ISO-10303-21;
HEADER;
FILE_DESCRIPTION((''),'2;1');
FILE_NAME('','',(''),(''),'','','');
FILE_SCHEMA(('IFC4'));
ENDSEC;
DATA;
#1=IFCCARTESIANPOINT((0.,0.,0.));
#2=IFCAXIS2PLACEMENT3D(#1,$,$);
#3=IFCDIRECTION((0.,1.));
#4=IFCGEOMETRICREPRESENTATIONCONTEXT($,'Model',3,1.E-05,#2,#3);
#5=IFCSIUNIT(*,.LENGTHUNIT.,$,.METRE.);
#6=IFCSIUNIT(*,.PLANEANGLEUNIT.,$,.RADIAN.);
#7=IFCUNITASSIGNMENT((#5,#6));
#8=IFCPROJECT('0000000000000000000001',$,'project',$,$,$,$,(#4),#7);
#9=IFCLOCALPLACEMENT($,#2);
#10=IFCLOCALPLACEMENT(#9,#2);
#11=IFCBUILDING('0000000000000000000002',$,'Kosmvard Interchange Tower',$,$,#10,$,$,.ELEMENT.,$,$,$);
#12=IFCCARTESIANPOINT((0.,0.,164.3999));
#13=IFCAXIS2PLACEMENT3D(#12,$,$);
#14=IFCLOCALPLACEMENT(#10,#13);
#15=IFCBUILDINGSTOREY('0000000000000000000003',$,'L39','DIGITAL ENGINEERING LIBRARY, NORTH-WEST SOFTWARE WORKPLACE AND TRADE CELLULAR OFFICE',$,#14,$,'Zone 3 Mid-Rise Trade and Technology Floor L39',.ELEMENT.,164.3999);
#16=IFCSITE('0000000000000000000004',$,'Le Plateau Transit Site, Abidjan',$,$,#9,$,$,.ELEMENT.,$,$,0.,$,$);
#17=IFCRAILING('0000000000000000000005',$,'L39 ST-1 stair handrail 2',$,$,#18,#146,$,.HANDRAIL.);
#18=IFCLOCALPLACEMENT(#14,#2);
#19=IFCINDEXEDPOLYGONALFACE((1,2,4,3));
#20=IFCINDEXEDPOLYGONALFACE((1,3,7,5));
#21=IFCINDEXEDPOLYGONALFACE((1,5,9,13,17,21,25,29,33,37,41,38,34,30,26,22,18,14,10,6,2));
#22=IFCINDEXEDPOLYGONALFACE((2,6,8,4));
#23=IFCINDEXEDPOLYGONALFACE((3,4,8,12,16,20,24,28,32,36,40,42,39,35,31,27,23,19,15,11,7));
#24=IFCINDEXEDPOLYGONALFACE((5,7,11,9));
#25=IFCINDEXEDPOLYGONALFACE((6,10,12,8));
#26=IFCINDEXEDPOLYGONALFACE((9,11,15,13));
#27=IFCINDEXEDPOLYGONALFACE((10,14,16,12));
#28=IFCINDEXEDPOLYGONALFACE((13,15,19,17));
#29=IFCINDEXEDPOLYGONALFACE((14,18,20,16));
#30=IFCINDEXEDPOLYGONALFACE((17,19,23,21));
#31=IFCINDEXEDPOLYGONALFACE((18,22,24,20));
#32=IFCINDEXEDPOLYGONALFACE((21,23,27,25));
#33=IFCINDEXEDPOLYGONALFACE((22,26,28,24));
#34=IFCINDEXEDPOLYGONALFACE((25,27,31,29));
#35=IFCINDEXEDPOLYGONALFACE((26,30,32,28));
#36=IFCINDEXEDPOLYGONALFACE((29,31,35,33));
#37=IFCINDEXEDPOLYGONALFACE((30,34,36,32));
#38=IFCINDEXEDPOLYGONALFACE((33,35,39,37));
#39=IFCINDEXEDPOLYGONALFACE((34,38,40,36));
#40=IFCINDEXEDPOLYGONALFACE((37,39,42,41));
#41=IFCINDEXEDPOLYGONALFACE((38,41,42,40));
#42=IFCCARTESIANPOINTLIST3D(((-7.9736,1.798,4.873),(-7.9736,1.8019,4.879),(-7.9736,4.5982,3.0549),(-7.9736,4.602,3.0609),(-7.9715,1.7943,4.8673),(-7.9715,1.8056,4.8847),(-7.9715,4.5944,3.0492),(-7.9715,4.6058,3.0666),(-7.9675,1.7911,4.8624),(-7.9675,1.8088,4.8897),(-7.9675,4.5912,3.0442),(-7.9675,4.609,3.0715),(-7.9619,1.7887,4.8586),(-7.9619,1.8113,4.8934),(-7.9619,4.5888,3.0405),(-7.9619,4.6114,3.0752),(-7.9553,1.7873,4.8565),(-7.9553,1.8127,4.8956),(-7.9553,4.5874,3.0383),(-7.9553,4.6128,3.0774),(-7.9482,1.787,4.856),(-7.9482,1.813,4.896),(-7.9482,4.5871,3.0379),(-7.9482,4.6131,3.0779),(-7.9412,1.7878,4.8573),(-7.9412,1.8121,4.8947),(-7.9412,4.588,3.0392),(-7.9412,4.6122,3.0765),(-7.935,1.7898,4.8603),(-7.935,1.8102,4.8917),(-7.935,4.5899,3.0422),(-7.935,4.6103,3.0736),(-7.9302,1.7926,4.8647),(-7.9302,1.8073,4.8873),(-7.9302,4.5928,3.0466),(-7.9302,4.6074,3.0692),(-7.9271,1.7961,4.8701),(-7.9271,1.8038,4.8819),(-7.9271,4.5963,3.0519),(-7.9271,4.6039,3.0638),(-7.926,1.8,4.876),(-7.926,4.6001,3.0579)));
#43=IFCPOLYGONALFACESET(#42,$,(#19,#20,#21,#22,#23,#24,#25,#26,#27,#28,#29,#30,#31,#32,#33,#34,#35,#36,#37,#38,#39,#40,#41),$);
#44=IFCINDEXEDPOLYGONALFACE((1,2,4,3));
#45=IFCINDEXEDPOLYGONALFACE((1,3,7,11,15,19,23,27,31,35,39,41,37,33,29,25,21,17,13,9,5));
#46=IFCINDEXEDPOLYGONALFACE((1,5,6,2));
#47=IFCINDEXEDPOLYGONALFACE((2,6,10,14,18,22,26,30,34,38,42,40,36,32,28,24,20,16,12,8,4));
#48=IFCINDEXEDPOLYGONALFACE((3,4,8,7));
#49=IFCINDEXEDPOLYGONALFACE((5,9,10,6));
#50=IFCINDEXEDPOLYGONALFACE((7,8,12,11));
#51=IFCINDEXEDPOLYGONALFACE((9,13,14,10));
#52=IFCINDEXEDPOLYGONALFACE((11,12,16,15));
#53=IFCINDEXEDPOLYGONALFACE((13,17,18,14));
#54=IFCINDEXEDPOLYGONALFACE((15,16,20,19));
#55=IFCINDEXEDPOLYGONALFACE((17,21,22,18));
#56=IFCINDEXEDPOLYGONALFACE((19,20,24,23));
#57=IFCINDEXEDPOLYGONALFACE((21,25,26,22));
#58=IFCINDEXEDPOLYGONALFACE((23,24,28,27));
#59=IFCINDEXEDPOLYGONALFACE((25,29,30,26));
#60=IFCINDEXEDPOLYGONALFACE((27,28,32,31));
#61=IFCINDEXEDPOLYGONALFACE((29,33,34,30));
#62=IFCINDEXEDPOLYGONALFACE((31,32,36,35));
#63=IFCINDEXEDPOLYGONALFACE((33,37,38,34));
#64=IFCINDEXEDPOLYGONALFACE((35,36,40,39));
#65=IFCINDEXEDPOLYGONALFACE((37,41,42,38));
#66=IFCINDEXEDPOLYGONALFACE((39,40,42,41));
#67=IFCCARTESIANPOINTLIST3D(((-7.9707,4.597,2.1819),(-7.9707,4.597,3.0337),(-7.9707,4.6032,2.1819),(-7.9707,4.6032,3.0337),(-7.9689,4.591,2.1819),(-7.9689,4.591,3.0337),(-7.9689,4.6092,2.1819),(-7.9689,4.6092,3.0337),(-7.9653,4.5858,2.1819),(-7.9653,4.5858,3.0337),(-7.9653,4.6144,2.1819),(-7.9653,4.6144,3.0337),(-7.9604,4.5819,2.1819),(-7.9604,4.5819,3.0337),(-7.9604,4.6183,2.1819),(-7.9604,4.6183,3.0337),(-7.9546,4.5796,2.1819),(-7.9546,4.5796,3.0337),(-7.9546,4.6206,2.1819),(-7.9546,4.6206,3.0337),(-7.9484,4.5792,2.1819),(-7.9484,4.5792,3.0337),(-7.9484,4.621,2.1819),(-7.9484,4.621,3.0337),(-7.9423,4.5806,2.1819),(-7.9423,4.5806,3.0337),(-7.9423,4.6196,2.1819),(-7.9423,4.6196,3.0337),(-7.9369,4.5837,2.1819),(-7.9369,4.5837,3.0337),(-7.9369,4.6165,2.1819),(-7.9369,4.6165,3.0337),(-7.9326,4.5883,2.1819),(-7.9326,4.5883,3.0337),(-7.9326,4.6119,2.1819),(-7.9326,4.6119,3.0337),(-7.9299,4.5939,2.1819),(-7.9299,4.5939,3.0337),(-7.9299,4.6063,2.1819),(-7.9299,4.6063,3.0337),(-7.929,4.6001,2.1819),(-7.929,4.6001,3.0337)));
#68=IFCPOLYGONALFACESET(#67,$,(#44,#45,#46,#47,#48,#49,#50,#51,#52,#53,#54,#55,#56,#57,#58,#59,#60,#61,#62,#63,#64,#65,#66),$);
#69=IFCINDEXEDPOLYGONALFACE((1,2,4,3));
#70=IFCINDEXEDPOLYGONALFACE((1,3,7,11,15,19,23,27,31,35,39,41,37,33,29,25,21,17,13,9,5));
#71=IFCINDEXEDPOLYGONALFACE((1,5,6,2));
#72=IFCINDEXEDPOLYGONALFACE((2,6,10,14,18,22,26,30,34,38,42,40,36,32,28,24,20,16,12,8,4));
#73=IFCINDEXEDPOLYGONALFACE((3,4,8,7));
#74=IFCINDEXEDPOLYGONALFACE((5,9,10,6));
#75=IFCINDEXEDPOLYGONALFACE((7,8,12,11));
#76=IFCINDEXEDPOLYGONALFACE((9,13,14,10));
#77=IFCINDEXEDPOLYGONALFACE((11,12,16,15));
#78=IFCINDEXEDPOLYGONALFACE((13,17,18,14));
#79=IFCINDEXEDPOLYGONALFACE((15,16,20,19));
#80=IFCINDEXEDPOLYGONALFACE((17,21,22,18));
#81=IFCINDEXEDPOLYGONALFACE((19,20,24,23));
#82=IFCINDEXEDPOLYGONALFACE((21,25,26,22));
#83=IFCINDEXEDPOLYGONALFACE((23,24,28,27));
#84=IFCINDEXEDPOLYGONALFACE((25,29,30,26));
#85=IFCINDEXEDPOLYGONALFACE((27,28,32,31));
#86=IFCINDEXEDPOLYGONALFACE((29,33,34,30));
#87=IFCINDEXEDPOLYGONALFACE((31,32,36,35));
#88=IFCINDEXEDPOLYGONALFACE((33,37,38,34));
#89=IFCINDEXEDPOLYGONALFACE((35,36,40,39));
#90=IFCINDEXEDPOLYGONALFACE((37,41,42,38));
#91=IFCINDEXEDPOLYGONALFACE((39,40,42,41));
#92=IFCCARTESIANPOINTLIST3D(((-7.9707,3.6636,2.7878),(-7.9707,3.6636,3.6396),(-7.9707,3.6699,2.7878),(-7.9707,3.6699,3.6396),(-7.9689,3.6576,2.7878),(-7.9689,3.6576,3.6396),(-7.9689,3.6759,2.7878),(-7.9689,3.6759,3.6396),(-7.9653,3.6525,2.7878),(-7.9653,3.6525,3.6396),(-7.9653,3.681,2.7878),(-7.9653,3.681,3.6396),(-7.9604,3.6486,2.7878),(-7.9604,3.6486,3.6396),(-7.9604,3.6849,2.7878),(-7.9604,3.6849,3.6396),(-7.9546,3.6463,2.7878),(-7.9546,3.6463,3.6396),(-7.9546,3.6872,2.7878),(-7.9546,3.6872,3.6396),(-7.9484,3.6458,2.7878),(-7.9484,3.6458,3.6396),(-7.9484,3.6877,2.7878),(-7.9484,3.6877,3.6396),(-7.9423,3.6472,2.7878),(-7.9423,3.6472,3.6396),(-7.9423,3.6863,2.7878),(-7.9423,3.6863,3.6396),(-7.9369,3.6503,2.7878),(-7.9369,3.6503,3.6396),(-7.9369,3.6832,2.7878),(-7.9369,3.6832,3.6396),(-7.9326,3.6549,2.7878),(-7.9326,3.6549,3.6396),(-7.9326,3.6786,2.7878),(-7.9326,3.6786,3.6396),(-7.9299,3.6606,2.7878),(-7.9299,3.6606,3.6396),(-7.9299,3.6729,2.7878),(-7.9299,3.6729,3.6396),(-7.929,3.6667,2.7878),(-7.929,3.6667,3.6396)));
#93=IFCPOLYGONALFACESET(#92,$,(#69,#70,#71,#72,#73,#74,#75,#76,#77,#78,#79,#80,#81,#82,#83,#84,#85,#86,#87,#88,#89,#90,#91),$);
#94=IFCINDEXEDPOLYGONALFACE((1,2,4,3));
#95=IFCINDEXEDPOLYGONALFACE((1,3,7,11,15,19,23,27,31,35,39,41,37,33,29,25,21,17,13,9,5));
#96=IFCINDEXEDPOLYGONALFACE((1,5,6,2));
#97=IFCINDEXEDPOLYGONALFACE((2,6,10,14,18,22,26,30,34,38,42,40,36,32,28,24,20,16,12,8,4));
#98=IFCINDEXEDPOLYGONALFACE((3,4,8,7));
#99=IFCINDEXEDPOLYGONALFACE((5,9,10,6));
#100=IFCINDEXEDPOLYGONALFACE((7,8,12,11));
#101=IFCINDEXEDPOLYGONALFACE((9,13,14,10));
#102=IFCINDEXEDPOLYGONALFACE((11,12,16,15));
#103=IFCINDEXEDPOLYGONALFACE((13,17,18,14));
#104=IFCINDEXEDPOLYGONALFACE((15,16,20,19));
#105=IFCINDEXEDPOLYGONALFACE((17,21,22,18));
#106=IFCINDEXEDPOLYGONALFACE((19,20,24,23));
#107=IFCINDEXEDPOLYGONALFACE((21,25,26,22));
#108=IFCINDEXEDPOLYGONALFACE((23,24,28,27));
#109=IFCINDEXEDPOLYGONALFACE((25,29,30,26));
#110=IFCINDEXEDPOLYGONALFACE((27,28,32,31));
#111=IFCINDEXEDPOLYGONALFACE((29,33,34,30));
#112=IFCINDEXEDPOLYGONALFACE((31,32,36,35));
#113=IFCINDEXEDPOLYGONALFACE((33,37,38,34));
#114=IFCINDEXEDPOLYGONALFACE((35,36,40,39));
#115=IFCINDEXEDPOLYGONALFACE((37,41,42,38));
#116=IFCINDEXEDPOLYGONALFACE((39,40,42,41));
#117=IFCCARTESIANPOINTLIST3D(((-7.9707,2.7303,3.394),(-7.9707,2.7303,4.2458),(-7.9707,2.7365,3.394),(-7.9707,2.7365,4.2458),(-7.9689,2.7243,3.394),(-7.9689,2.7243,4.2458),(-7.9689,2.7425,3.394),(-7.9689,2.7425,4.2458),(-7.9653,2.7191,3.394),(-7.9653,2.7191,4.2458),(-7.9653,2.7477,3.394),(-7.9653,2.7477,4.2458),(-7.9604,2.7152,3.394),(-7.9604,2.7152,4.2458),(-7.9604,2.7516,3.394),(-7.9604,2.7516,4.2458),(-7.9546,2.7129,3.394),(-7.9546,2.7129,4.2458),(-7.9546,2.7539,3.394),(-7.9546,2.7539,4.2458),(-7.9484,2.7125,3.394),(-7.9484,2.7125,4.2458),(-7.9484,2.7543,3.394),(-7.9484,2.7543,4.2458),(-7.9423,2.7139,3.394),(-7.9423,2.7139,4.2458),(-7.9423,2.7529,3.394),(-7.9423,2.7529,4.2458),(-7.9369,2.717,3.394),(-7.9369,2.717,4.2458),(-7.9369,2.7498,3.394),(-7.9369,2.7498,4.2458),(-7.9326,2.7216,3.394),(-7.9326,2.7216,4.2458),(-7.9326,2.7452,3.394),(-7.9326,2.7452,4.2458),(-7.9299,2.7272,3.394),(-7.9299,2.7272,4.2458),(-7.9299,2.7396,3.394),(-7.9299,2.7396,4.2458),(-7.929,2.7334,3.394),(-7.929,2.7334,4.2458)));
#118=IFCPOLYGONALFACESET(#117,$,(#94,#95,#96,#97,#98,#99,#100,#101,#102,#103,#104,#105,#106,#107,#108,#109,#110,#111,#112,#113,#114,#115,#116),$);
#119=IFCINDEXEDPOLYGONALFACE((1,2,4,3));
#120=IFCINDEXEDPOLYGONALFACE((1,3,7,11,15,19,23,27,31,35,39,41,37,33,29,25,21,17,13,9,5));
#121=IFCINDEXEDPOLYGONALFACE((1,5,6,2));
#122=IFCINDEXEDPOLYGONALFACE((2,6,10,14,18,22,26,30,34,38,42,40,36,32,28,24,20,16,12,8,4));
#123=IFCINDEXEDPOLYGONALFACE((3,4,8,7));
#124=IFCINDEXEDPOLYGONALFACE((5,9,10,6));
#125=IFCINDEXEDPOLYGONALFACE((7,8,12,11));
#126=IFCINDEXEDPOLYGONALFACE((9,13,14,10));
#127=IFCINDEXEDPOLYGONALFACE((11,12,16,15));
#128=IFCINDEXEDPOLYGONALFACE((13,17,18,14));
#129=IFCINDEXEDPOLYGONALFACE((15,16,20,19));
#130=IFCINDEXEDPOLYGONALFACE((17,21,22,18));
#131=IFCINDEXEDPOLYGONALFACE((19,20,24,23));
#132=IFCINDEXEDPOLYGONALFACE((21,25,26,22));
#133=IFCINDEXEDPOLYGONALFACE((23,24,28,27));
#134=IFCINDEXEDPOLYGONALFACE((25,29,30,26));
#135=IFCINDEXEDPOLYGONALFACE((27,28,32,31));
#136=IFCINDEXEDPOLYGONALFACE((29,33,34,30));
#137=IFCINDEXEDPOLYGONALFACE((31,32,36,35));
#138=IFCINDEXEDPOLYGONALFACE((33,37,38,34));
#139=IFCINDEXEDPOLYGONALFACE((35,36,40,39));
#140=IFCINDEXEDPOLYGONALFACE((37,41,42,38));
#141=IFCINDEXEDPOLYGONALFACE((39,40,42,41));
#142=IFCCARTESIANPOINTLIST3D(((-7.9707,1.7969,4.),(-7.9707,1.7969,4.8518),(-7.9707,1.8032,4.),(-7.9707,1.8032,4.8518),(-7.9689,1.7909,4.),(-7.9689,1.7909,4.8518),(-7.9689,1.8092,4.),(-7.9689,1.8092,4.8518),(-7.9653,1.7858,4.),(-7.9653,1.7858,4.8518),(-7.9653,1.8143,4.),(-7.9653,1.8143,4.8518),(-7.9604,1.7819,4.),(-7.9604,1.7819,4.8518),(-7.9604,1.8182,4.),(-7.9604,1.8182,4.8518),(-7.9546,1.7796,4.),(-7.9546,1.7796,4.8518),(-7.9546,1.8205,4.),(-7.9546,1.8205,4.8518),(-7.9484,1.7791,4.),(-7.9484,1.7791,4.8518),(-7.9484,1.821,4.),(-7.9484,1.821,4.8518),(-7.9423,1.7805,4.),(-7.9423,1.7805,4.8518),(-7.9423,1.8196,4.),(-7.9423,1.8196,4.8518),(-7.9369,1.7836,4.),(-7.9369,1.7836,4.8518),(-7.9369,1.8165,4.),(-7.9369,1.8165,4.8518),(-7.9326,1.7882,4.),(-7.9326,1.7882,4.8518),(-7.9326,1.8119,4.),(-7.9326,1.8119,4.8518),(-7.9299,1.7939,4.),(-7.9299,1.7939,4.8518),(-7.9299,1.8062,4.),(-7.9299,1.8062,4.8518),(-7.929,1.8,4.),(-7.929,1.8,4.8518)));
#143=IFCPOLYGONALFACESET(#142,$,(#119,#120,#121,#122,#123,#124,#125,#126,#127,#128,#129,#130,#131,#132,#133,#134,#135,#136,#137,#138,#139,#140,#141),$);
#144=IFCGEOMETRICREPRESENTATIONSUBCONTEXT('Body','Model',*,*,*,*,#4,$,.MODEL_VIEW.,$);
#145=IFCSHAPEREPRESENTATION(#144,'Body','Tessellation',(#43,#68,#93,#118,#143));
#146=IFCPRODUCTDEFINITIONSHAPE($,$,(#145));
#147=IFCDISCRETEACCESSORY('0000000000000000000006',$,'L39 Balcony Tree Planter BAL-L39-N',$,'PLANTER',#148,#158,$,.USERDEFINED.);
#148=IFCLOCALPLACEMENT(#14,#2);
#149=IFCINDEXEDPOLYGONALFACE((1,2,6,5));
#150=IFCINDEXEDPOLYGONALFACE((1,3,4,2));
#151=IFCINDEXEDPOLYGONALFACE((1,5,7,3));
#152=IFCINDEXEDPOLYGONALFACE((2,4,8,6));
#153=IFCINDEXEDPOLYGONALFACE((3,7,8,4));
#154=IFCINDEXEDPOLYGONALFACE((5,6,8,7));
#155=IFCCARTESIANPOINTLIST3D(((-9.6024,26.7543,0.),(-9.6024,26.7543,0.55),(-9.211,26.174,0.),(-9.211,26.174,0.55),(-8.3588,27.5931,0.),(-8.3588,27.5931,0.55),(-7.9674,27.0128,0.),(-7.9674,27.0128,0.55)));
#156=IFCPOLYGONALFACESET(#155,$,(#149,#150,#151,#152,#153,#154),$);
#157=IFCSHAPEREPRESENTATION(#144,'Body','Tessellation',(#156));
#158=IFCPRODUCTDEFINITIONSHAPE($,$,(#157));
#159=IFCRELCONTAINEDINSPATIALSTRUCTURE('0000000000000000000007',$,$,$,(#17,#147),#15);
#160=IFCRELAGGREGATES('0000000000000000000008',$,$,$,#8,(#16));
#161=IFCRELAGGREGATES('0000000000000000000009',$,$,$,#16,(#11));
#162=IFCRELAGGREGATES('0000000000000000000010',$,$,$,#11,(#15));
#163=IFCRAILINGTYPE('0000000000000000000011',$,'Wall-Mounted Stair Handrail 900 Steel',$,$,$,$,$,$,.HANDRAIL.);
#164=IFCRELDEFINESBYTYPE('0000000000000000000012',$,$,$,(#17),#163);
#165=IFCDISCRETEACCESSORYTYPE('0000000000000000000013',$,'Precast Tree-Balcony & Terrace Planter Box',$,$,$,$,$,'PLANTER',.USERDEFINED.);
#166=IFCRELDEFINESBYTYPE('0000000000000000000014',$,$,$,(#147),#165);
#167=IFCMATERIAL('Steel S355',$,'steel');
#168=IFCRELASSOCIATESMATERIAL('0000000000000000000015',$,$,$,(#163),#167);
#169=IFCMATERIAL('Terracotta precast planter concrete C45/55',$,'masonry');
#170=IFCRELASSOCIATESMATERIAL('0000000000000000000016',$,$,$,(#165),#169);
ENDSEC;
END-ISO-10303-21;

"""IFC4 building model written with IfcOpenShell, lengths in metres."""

from ifc_helpers import new_model, si_unit, direction, frame, origin, origin_2d, place, context, subcontext, project, spatial, rectangle, circle, extrude, source, transform, mapped, material, type_object, element, save


model = new_model("IFC4")

# Units and contexts
model_context = context("Model", 3, precision=1e-05, world=origin(), true_north=direction((0.0, 1.0)))
body_context = subcontext(model_context, "Body", "Model", "MODEL_VIEW")
ifc_project = project(units=[si_unit("LENGTHUNIT", "METRE"), si_unit("PLANEANGLEUNIT", "RADIAN")], contexts=[model_context])

# Site, building, storey
site_placement = place(None, origin())
site = spatial("IfcSite", under=ifc_project, at=site_placement, Name="Le Plateau Transit Site, Abidjan", CompositionType="ELEMENT", RefElevation=0.0)
building_placement = place(site_placement, origin())
building = spatial("IfcBuilding", under=site, at=building_placement, Name="Kosmvard Interchange Tower", CompositionType="ELEMENT")
storey_placement = place(building_placement, frame((0.0, 0.0, 164.3999)))
storey = spatial("IfcBuildingStorey", under=building, at=storey_placement, Name="L39", Description="DIGITAL ENGINEERING LIBRARY, NORTH-WEST SOFTWARE WORKPLACE AND TRADE CELLULAR OFFICE", LongName="Zone 3 Mid-Rise Trade and Technology Floor L39", CompositionType="ELEMENT", Elevation=164.3999)

# Shared definitions
ifc_material_1 = material(Name="Steel S355", Category="steel")

# Railing
railing_type_1 = type_object("IfcRailingType", Name="Wall-Mounted Stair Handrail 900 Steel", PredefinedType="HANDRAIL", material=ifc_material_1)
shared_shape_1 = source(origin(), body_context, "Body", "SweptSolid", [
    extrude(circle(Radius=0.0239, at=origin_2d()), frame((0.0, 0.0, 0.876), z_axis=(0.0, -0.838706, 0.544585), x_axis=(1.0, 0.0, 0.0)), (0.0, 0.0, 1.0), 3.3386),
    extrude(circle(Radius=0.021, at=origin_2d()), origin(), (0.0, 0.0, 1.0), 0.8518),
    extrude(circle(Radius=0.021, at=origin_2d()), frame((0.0, -0.9333, 0.606)), (0.0, 0.0, 1.0), 0.8518),
    extrude(circle(Radius=0.021, at=origin_2d()), frame((0.0, -1.8667, 1.2122)), (0.0, 0.0, 1.0), 0.8518),
    extrude(circle(Radius=0.021, at=origin_2d()), frame((0.0, -2.8, 1.8181)), (0.0, 0.0, 1.0), 0.8518),
])
railing_1_placement = place(storey_placement, frame((-7.95, 4.6001, 2.1819)))
element("IfcRailing", 1, at=railing_1_placement, inside=storey, type_object=railing_type_1, Name="L39 ST-1 stair handrail 2", PredefinedType="HANDRAIL", context=body_context, shape_type="MappedRepresentation", body=[
    mapped(shared_shape_1, transform((0.0, 0.0, 0.0), scale=1.0)),
])

# Discrete accessory
ifc_material_2 = material(Name="Terracotta precast planter concrete C45/55", Category="masonry")
discrete_accessory_type = type_object("IfcDiscreteAccessoryType", Name="Precast Tree-Balcony & Terrace Planter Box", ElementType="PLANTER", PredefinedType="USERDEFINED", material=ifc_material_2)
shared_shape_2 = source(origin(), body_context, "Body", "SweptSolid", [
    extrude(rectangle(XDim=1.5, YDim=0.7, at=origin_2d()), origin(), (0.0, 0.0, 1.0), 0.55),
])
discrete_accessory_placement = place(storey_placement, frame((-8.7849, 26.8835, 0.0), z_axis=(0.0, 0.0, 1.0), x_axis=(0.829038, 0.559193, 0.0)))
element("IfcDiscreteAccessory", 2, at=discrete_accessory_placement, inside=storey, type_object=discrete_accessory_type, Name="L39 Balcony Tree Planter BAL-L39-N", ObjectType="PLANTER", PredefinedType="USERDEFINED", context=body_context, shape_type="MappedRepresentation", body=[
    mapped(shared_shape_2, transform((0.0, 0.0, 0.0), scale=1.0)),
])

save(model, "model.ifc")
